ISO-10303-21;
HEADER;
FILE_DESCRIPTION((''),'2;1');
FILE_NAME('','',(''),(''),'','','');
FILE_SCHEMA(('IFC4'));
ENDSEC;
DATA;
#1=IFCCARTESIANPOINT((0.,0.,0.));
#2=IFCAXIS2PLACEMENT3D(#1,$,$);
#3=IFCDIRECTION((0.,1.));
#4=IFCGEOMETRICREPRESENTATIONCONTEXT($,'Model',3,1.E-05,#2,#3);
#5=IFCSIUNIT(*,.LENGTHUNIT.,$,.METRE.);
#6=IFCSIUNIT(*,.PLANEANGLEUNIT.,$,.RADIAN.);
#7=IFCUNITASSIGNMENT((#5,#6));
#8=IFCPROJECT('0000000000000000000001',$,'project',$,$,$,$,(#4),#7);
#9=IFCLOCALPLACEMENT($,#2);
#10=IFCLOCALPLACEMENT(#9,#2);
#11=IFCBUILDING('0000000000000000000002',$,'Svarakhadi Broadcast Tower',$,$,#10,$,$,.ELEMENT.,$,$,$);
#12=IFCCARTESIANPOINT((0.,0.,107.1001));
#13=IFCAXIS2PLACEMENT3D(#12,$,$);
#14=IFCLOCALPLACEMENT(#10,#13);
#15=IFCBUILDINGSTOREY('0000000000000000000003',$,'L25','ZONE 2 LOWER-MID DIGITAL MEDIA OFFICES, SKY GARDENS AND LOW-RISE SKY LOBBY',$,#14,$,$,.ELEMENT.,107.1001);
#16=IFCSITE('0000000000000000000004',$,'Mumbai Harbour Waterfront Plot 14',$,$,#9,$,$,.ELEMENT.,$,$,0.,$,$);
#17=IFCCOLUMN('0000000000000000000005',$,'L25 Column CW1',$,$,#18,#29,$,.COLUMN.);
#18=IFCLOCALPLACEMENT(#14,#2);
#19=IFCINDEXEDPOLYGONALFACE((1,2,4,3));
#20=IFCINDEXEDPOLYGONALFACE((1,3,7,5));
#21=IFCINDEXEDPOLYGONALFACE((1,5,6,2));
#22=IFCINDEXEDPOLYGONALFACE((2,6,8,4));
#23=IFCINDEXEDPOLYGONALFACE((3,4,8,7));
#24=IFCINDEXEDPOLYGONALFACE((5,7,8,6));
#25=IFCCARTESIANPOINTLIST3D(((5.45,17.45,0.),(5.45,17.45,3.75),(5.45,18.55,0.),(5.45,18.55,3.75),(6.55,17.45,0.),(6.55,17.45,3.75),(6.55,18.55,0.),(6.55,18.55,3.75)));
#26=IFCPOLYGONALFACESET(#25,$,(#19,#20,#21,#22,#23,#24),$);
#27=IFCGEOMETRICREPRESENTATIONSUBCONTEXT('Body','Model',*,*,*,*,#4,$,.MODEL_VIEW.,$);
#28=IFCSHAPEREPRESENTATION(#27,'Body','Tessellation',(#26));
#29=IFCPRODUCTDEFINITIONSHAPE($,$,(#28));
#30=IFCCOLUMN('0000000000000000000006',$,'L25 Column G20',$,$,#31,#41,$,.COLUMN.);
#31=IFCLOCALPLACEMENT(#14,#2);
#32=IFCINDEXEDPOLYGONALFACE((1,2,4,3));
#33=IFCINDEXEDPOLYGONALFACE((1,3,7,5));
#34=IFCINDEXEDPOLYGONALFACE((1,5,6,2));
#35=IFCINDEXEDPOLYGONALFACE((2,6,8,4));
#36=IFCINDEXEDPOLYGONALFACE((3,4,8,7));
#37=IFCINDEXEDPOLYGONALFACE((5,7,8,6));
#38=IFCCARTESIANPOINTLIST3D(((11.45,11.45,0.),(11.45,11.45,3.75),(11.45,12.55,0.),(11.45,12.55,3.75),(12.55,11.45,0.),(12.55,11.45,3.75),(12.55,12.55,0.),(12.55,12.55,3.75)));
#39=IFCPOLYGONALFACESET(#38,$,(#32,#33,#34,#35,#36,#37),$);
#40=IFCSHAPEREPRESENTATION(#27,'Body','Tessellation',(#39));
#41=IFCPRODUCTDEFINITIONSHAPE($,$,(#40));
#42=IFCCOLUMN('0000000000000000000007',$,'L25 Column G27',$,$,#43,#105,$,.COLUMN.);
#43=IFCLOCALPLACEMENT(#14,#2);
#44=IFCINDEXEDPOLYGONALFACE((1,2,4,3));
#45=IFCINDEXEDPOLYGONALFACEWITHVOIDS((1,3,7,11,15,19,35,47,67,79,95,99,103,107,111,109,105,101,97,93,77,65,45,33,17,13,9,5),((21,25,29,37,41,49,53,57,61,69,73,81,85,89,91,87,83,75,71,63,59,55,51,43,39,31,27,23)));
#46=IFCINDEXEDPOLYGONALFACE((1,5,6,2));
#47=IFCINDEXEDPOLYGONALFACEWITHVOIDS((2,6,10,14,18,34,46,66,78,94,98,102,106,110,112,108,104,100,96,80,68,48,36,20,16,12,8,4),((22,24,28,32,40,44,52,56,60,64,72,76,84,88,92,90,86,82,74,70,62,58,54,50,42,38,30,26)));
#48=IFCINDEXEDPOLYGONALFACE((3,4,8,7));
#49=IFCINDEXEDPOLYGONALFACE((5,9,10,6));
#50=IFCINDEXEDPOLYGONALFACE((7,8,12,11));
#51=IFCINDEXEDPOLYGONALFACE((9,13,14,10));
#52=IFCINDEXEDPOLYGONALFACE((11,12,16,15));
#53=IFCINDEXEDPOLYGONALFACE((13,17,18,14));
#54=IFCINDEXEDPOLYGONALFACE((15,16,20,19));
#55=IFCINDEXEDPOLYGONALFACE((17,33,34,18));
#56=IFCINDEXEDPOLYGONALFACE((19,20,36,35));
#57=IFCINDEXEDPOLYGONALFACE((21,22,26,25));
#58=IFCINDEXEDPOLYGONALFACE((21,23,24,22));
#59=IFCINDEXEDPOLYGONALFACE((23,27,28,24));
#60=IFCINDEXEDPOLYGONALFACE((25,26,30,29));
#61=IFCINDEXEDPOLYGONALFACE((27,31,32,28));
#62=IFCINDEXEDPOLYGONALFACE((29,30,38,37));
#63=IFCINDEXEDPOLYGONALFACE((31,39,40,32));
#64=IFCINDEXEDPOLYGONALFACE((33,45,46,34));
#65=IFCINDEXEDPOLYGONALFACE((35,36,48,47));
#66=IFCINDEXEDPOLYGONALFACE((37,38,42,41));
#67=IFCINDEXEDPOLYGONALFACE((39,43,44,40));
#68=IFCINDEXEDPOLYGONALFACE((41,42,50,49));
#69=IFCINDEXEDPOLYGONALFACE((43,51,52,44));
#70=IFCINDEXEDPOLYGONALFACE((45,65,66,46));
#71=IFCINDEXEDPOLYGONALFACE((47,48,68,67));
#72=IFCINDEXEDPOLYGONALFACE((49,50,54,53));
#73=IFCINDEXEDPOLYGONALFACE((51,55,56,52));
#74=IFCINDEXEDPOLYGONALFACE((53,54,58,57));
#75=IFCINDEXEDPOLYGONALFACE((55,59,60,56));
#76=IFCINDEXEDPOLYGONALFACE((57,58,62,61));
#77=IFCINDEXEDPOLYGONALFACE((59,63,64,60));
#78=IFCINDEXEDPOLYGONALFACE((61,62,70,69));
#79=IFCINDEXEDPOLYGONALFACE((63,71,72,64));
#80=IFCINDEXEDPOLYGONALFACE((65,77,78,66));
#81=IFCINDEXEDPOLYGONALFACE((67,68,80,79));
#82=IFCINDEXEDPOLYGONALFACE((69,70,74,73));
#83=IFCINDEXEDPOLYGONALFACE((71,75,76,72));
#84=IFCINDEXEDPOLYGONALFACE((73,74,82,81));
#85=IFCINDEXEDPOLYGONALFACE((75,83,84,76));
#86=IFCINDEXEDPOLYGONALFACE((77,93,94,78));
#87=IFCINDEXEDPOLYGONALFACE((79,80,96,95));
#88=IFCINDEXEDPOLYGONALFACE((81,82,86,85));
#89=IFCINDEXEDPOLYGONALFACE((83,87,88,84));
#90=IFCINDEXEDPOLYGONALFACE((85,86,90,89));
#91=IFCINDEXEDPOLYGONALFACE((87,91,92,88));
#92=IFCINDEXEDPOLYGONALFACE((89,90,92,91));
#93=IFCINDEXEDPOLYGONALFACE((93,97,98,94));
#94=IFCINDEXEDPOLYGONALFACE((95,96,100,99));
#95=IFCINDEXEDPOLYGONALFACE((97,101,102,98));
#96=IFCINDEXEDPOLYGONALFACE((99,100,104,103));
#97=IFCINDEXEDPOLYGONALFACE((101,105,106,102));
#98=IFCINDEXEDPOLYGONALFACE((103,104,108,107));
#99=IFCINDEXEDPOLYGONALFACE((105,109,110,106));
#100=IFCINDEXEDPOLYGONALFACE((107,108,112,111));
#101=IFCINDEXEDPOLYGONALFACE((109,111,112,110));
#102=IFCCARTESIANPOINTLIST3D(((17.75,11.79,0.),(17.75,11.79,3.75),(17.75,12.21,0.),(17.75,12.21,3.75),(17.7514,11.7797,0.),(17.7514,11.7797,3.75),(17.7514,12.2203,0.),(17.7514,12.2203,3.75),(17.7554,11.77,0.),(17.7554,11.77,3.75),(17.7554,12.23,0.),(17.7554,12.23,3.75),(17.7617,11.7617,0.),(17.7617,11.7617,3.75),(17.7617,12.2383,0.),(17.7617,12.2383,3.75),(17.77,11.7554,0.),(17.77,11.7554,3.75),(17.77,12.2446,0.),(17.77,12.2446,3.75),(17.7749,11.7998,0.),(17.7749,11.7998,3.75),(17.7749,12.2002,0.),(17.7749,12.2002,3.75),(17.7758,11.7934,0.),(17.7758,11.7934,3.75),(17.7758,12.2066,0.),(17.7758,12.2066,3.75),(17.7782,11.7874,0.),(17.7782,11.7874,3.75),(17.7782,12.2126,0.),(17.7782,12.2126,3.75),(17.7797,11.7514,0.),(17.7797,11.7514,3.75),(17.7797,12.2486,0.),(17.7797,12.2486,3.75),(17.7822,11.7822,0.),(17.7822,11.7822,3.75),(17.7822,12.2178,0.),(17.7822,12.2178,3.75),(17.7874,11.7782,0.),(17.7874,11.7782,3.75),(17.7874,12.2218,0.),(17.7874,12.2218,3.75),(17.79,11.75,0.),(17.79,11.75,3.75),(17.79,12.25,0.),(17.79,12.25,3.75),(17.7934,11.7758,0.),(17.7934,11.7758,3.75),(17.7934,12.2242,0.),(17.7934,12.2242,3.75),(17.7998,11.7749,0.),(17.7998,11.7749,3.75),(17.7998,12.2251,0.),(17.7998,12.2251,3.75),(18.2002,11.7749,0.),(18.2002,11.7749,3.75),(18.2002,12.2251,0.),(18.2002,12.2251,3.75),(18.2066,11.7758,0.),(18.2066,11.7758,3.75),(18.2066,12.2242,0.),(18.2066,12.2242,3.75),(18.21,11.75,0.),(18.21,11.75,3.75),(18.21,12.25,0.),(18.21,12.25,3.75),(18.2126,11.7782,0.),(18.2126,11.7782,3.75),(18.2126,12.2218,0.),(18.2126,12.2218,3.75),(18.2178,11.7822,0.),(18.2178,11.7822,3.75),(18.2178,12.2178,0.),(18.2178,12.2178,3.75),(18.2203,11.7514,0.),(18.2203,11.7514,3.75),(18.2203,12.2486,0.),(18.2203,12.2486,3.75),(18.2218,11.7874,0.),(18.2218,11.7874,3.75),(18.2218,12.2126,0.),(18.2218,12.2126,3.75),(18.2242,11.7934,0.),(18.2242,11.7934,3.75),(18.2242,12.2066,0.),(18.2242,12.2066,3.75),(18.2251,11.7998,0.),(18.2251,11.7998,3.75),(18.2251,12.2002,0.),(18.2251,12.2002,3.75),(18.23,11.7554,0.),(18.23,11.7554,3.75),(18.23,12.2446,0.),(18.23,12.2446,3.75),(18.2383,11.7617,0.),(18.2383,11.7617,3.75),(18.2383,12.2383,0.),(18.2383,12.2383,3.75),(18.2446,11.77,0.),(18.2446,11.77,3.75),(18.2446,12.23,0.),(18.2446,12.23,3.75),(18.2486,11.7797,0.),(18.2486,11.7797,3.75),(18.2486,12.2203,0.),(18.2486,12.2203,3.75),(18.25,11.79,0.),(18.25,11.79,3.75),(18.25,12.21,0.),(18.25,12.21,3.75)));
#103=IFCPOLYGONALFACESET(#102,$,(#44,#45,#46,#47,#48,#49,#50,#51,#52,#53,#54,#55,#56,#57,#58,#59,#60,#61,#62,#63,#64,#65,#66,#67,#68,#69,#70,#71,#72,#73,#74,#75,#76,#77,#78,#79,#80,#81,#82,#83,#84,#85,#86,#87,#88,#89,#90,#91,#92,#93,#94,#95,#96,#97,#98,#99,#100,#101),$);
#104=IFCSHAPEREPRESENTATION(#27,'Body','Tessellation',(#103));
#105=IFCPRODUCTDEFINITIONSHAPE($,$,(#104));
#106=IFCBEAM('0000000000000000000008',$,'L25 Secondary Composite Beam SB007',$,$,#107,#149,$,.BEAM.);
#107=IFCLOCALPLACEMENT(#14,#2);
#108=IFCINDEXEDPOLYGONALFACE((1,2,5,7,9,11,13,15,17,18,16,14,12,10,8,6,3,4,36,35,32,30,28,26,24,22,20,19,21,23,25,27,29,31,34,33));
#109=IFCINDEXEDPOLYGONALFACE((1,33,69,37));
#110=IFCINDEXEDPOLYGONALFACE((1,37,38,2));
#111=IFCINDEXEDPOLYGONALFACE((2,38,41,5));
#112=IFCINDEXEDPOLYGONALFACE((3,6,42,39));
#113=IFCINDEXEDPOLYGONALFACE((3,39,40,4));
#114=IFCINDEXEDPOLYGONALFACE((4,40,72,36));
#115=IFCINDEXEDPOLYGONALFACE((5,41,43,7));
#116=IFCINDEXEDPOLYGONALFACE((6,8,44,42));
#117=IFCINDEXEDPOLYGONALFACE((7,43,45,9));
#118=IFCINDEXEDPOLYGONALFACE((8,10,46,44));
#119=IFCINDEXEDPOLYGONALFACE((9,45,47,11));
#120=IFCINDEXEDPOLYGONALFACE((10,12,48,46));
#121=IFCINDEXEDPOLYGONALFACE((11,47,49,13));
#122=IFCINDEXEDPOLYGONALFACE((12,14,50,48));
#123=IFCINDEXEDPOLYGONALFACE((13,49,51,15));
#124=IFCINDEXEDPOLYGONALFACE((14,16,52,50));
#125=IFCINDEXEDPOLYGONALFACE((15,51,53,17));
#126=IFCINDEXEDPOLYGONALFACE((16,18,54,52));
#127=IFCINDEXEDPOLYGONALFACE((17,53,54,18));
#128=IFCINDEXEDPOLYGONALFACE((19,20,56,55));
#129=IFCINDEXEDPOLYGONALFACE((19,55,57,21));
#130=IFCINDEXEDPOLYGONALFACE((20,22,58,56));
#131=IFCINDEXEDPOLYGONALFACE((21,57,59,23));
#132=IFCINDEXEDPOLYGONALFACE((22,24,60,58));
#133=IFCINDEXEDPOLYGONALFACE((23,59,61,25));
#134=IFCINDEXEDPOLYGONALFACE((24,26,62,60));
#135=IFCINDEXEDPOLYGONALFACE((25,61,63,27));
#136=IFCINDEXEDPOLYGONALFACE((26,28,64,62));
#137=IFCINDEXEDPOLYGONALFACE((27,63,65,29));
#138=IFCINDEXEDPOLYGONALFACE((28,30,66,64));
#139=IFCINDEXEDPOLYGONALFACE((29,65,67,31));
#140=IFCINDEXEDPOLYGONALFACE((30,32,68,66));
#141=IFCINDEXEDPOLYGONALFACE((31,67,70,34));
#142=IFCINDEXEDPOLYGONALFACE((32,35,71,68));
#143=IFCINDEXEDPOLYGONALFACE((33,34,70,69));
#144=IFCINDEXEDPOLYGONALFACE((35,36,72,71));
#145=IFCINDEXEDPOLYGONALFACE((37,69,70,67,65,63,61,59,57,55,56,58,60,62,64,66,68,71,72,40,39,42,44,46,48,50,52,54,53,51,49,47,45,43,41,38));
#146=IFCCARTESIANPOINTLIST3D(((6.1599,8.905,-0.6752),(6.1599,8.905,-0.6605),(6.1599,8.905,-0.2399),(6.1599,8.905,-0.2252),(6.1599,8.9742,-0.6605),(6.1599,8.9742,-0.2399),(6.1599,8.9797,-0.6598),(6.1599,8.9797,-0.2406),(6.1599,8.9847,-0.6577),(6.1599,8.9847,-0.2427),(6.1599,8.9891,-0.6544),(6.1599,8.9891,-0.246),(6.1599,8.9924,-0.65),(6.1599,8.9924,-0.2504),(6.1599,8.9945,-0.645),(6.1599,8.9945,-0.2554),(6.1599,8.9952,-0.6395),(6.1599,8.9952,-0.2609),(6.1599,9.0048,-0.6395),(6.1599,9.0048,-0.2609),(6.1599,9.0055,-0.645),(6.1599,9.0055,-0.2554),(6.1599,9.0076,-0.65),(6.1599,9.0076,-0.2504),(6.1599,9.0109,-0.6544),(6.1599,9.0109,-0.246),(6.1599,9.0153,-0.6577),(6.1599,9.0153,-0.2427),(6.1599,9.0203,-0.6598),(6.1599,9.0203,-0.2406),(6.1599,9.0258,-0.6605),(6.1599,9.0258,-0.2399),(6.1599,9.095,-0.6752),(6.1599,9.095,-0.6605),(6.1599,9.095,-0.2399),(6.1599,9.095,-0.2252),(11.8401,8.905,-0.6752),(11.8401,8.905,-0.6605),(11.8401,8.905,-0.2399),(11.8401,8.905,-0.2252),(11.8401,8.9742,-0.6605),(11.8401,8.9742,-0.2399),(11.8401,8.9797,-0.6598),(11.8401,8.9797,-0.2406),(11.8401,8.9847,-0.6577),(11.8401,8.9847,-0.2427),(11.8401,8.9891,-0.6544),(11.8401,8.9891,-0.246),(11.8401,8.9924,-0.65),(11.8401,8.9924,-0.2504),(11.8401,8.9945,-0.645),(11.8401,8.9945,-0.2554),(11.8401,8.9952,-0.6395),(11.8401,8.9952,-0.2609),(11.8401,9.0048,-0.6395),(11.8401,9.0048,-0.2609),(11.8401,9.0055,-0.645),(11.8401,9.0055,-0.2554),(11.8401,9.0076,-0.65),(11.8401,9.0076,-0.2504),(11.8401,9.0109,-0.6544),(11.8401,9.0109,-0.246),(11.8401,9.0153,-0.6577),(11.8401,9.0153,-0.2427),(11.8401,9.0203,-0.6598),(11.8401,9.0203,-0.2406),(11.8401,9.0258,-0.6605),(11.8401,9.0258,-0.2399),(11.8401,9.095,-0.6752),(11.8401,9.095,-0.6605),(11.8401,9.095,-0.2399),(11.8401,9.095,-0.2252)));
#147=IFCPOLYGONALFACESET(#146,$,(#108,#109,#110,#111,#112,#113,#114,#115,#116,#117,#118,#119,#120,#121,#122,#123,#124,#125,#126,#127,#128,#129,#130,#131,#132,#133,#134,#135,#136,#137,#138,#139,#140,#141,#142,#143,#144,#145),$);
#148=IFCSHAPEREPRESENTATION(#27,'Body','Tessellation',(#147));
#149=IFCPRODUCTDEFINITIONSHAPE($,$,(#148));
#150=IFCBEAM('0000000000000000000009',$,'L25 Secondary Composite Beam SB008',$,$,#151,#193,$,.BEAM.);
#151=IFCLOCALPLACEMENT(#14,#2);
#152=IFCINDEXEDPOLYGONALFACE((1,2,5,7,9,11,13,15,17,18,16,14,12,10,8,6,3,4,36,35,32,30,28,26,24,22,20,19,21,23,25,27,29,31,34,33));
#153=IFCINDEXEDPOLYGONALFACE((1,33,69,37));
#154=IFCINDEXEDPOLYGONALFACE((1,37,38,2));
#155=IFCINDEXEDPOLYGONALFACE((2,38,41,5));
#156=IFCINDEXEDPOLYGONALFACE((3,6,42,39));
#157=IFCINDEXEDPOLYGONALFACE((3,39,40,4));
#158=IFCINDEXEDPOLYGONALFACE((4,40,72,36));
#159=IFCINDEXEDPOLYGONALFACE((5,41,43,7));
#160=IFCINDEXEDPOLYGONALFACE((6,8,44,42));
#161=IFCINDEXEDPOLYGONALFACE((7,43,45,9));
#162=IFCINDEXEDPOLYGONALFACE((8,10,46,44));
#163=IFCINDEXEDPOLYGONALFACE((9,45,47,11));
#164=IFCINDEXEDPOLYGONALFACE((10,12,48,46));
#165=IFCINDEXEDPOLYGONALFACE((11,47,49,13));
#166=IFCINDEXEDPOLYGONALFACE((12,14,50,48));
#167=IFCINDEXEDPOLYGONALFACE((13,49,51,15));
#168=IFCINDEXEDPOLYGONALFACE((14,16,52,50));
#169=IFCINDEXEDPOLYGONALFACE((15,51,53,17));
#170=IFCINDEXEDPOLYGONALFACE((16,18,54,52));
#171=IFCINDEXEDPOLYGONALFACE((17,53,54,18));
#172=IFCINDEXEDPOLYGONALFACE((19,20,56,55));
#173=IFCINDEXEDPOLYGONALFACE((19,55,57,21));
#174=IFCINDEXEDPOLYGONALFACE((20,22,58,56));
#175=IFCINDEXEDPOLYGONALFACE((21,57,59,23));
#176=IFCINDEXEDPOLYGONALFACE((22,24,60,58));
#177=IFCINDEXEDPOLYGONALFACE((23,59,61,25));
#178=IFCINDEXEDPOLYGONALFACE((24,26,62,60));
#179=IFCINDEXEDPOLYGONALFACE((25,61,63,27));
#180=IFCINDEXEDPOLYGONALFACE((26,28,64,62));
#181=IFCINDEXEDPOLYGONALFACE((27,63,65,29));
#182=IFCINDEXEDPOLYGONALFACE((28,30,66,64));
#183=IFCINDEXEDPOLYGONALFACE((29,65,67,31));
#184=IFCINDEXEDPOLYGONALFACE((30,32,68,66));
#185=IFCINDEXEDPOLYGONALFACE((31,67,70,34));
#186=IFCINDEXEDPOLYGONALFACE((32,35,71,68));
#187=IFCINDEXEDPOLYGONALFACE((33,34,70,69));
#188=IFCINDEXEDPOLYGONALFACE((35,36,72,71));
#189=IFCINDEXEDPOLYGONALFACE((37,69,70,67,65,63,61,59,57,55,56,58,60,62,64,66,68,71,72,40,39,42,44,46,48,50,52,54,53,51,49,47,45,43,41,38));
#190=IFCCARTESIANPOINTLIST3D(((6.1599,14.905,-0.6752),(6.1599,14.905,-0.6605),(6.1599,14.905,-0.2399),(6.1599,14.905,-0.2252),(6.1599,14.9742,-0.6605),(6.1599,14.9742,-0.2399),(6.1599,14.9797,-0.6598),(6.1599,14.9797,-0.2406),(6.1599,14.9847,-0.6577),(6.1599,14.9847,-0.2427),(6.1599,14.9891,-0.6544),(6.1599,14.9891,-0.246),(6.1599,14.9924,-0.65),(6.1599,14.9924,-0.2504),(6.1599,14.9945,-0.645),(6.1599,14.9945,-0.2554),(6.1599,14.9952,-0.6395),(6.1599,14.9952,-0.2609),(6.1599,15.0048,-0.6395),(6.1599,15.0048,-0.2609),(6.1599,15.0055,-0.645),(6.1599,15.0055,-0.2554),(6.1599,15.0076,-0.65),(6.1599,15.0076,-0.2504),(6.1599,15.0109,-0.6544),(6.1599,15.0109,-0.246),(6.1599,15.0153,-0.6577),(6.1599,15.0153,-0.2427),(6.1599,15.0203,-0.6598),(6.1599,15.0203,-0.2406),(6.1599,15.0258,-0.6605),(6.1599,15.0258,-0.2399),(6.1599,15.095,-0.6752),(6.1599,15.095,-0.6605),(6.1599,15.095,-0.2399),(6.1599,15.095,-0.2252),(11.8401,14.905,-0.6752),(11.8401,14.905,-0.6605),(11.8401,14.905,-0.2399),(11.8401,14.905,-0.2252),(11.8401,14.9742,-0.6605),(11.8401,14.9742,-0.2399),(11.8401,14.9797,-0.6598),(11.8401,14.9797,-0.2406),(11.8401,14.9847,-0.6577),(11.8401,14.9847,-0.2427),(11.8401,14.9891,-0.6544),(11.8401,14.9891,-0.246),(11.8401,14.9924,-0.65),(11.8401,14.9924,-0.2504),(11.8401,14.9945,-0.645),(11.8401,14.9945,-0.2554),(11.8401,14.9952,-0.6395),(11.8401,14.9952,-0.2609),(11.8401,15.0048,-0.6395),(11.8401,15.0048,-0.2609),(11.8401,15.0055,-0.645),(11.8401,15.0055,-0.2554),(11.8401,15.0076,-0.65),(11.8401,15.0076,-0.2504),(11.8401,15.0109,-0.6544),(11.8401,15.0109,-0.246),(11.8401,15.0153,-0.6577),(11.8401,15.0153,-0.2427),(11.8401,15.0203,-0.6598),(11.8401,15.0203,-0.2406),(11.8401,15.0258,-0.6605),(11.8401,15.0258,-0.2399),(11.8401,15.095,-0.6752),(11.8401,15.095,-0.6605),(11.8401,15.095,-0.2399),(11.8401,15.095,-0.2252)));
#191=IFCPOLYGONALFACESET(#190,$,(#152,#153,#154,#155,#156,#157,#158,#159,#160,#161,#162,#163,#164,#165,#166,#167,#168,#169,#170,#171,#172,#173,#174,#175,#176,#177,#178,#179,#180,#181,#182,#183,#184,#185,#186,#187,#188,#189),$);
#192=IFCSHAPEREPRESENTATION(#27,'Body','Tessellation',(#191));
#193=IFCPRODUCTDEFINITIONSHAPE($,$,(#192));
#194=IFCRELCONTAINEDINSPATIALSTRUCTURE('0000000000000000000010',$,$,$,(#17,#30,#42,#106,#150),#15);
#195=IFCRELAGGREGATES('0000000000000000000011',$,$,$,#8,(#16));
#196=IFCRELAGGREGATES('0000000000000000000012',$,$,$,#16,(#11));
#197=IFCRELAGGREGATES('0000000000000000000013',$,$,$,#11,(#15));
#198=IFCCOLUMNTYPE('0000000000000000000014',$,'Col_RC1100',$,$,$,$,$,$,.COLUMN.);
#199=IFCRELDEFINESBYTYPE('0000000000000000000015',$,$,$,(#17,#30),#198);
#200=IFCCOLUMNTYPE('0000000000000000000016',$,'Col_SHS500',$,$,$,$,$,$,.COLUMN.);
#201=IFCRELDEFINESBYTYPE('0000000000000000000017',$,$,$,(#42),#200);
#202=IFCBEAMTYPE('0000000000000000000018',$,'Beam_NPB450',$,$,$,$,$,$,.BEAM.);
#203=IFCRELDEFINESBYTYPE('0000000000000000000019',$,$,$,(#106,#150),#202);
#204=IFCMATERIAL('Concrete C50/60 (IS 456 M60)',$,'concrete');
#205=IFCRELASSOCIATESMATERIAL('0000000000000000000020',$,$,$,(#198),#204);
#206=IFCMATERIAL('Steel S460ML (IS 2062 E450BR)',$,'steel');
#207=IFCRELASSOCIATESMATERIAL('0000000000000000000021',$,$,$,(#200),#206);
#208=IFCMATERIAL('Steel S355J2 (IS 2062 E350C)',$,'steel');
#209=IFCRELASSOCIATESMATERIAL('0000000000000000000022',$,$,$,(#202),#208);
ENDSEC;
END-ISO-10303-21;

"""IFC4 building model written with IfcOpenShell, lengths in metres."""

from ifc_helpers import new_model, si_unit, direction, frame, origin, origin_2d, place, context, subcontext, project, spatial, rectangle, hollow_rectangle, i_section, extrude, material, material_profile, profile_set, type_object, element, save


model = new_model("IFC4")

# Units and contexts
model_context = context("Model", 3, precision=1e-05, world=origin(), true_north=direction((0.0, 1.0)))
body_context = subcontext(model_context, "Body", "Model", "MODEL_VIEW")
ifc_project = project(units=[si_unit("LENGTHUNIT", "METRE"), si_unit("PLANEANGLEUNIT", "RADIAN")], contexts=[model_context])

# Site, building, storey
site_placement = place(None, origin())
site = spatial("IfcSite", under=ifc_project, at=site_placement, Name="Mumbai Harbour Waterfront Plot 14", CompositionType="ELEMENT", RefElevation=0.0)
building_placement = place(site_placement, origin())
building = spatial("IfcBuilding", under=site, at=building_placement, Name="Svarakhadi Broadcast Tower", CompositionType="ELEMENT")
storey_placement = place(building_placement, frame((0.0, 0.0, 107.1001)))
storey = spatial("IfcBuildingStorey", under=building, at=storey_placement, Name="L25", Description="ZONE 2 LOWER-MID DIGITAL MEDIA OFFICES, SKY GARDENS AND LOW-RISE SKY LOBBY", CompositionType="ELEMENT", Elevation=107.1001)

# Columns
ifc_material_1 = material(Name="Concrete C50/60 (IS 456 M60)", Category="concrete")
ifc_material_profile_1 = material_profile(ifc_material_1, rectangle(XDim=1.1001, YDim=1.1001, at=origin_2d()), Name="RC 1100x1100")
ifc_profile_set_1 = profile_set([ifc_material_profile_1], Name="Concrete C50/60 (IS 456 M60)")
column_type_1 = type_object("IfcColumnType", Name="Col_RC1100", PredefinedType="COLUMN", material=ifc_profile_set_1)
for number, where, z_axis, x_axis, name in (
    (1, (6.0, 18.0, 0.0), (0.0, 0.0, 1.0), (1.0, 0.0, 0.0), "L25 Column CW1"),
    (2, (12.0, 12.0, 0.0), (0.0, 0.0, 1.0), (1.0, 0.0, 0.0), "L25 Column G20"),
):
    element("IfcColumn", number, at=place(storey_placement, frame(where, z_axis=z_axis, x_axis=x_axis)), inside=storey, type_object=column_type_1, Name=name, PredefinedType="COLUMN", context=body_context, shape_type="SweptSolid", body=[
        extrude(rectangle(XDim=1.1001, YDim=1.1001, at=origin_2d()), origin(), (0.0, 0.0, 1.0), 3.75),
    ])
ifc_material_2 = material(Name="Steel S460ML (IS 2062 E450BR)", Category="steel")
ifc_material_profile_2 = material_profile(ifc_material_2, hollow_rectangle(XDim=0.5, YDim=0.5, WallThickness=0.0249, InnerFilletRadius=0.0249, OuterFilletRadius=0.04, at=origin_2d()), Name="SHS 500x500x25")
ifc_profile_set_2 = profile_set([ifc_material_profile_2], Name="Steel S460ML (IS 2062 E450BR)")
column_type_2 = type_object("IfcColumnType", Name="Col_SHS500", PredefinedType="COLUMN", material=ifc_profile_set_2)
column_placement = place(storey_placement, frame((18.0, 12.0, 0.0), z_axis=(0.0, 0.0, 1.0), x_axis=(1.0, 0.0, 0.0)))
element("IfcColumn", 3, at=column_placement, inside=storey, type_object=column_type_2, Name="L25 Column G27", PredefinedType="COLUMN", context=body_context, shape_type="SweptSolid", body=[
    extrude(hollow_rectangle(XDim=0.5, YDim=0.5, WallThickness=0.0249, InnerFilletRadius=0.0249, OuterFilletRadius=0.04, at=origin_2d()), origin(), (0.0, 0.0, 1.0), 3.75),
])

# Beams
ifc_material_3 = material(Name="Steel S355J2 (IS 2062 E350C)", Category="steel")
ifc_material_profile_3 = material_profile(ifc_material_3, i_section(OverallWidth=0.1899, OverallDepth=0.45, WebThickness=0.0095, FlangeThickness=0.0146, FilletRadius=0.021, at=origin_2d()), Name="NPB 450x190x78")
ifc_profile_set_3 = profile_set([ifc_material_profile_3], Name="Steel S355J2 (IS 2062 E350C)")
beam_type_1 = type_object("IfcBeamType", Name="Beam_NPB450", PredefinedType="BEAM", material=ifc_profile_set_3)
for number, where, z_axis, x_axis, name in (
    (4, (6.1599, 9.0, -0.4502), (1.0, 0.0, 0.0), (0.0, 1.0, 0.0), "L25 Secondary Composite Beam SB007"),
    (5, (6.1599, 15.0, -0.4502), (1.0, 0.0, 0.0), (0.0, 1.0, 0.0), "L25 Secondary Composite Beam SB008"),
):
    element("IfcBeam", number, at=place(storey_placement, frame(where, z_axis=z_axis, x_axis=x_axis)), inside=storey, type_object=beam_type_1, Name=name, PredefinedType="BEAM", context=body_context, shape_type="SweptSolid", body=[
        extrude(i_section(OverallWidth=0.1899, OverallDepth=0.45, WebThickness=0.0095, FlangeThickness=0.0146, FilletRadius=0.021, at=origin_2d()), origin(), (0.0, 0.0, 1.0), 5.6802),
    ])

save(model, "model.ifc")
